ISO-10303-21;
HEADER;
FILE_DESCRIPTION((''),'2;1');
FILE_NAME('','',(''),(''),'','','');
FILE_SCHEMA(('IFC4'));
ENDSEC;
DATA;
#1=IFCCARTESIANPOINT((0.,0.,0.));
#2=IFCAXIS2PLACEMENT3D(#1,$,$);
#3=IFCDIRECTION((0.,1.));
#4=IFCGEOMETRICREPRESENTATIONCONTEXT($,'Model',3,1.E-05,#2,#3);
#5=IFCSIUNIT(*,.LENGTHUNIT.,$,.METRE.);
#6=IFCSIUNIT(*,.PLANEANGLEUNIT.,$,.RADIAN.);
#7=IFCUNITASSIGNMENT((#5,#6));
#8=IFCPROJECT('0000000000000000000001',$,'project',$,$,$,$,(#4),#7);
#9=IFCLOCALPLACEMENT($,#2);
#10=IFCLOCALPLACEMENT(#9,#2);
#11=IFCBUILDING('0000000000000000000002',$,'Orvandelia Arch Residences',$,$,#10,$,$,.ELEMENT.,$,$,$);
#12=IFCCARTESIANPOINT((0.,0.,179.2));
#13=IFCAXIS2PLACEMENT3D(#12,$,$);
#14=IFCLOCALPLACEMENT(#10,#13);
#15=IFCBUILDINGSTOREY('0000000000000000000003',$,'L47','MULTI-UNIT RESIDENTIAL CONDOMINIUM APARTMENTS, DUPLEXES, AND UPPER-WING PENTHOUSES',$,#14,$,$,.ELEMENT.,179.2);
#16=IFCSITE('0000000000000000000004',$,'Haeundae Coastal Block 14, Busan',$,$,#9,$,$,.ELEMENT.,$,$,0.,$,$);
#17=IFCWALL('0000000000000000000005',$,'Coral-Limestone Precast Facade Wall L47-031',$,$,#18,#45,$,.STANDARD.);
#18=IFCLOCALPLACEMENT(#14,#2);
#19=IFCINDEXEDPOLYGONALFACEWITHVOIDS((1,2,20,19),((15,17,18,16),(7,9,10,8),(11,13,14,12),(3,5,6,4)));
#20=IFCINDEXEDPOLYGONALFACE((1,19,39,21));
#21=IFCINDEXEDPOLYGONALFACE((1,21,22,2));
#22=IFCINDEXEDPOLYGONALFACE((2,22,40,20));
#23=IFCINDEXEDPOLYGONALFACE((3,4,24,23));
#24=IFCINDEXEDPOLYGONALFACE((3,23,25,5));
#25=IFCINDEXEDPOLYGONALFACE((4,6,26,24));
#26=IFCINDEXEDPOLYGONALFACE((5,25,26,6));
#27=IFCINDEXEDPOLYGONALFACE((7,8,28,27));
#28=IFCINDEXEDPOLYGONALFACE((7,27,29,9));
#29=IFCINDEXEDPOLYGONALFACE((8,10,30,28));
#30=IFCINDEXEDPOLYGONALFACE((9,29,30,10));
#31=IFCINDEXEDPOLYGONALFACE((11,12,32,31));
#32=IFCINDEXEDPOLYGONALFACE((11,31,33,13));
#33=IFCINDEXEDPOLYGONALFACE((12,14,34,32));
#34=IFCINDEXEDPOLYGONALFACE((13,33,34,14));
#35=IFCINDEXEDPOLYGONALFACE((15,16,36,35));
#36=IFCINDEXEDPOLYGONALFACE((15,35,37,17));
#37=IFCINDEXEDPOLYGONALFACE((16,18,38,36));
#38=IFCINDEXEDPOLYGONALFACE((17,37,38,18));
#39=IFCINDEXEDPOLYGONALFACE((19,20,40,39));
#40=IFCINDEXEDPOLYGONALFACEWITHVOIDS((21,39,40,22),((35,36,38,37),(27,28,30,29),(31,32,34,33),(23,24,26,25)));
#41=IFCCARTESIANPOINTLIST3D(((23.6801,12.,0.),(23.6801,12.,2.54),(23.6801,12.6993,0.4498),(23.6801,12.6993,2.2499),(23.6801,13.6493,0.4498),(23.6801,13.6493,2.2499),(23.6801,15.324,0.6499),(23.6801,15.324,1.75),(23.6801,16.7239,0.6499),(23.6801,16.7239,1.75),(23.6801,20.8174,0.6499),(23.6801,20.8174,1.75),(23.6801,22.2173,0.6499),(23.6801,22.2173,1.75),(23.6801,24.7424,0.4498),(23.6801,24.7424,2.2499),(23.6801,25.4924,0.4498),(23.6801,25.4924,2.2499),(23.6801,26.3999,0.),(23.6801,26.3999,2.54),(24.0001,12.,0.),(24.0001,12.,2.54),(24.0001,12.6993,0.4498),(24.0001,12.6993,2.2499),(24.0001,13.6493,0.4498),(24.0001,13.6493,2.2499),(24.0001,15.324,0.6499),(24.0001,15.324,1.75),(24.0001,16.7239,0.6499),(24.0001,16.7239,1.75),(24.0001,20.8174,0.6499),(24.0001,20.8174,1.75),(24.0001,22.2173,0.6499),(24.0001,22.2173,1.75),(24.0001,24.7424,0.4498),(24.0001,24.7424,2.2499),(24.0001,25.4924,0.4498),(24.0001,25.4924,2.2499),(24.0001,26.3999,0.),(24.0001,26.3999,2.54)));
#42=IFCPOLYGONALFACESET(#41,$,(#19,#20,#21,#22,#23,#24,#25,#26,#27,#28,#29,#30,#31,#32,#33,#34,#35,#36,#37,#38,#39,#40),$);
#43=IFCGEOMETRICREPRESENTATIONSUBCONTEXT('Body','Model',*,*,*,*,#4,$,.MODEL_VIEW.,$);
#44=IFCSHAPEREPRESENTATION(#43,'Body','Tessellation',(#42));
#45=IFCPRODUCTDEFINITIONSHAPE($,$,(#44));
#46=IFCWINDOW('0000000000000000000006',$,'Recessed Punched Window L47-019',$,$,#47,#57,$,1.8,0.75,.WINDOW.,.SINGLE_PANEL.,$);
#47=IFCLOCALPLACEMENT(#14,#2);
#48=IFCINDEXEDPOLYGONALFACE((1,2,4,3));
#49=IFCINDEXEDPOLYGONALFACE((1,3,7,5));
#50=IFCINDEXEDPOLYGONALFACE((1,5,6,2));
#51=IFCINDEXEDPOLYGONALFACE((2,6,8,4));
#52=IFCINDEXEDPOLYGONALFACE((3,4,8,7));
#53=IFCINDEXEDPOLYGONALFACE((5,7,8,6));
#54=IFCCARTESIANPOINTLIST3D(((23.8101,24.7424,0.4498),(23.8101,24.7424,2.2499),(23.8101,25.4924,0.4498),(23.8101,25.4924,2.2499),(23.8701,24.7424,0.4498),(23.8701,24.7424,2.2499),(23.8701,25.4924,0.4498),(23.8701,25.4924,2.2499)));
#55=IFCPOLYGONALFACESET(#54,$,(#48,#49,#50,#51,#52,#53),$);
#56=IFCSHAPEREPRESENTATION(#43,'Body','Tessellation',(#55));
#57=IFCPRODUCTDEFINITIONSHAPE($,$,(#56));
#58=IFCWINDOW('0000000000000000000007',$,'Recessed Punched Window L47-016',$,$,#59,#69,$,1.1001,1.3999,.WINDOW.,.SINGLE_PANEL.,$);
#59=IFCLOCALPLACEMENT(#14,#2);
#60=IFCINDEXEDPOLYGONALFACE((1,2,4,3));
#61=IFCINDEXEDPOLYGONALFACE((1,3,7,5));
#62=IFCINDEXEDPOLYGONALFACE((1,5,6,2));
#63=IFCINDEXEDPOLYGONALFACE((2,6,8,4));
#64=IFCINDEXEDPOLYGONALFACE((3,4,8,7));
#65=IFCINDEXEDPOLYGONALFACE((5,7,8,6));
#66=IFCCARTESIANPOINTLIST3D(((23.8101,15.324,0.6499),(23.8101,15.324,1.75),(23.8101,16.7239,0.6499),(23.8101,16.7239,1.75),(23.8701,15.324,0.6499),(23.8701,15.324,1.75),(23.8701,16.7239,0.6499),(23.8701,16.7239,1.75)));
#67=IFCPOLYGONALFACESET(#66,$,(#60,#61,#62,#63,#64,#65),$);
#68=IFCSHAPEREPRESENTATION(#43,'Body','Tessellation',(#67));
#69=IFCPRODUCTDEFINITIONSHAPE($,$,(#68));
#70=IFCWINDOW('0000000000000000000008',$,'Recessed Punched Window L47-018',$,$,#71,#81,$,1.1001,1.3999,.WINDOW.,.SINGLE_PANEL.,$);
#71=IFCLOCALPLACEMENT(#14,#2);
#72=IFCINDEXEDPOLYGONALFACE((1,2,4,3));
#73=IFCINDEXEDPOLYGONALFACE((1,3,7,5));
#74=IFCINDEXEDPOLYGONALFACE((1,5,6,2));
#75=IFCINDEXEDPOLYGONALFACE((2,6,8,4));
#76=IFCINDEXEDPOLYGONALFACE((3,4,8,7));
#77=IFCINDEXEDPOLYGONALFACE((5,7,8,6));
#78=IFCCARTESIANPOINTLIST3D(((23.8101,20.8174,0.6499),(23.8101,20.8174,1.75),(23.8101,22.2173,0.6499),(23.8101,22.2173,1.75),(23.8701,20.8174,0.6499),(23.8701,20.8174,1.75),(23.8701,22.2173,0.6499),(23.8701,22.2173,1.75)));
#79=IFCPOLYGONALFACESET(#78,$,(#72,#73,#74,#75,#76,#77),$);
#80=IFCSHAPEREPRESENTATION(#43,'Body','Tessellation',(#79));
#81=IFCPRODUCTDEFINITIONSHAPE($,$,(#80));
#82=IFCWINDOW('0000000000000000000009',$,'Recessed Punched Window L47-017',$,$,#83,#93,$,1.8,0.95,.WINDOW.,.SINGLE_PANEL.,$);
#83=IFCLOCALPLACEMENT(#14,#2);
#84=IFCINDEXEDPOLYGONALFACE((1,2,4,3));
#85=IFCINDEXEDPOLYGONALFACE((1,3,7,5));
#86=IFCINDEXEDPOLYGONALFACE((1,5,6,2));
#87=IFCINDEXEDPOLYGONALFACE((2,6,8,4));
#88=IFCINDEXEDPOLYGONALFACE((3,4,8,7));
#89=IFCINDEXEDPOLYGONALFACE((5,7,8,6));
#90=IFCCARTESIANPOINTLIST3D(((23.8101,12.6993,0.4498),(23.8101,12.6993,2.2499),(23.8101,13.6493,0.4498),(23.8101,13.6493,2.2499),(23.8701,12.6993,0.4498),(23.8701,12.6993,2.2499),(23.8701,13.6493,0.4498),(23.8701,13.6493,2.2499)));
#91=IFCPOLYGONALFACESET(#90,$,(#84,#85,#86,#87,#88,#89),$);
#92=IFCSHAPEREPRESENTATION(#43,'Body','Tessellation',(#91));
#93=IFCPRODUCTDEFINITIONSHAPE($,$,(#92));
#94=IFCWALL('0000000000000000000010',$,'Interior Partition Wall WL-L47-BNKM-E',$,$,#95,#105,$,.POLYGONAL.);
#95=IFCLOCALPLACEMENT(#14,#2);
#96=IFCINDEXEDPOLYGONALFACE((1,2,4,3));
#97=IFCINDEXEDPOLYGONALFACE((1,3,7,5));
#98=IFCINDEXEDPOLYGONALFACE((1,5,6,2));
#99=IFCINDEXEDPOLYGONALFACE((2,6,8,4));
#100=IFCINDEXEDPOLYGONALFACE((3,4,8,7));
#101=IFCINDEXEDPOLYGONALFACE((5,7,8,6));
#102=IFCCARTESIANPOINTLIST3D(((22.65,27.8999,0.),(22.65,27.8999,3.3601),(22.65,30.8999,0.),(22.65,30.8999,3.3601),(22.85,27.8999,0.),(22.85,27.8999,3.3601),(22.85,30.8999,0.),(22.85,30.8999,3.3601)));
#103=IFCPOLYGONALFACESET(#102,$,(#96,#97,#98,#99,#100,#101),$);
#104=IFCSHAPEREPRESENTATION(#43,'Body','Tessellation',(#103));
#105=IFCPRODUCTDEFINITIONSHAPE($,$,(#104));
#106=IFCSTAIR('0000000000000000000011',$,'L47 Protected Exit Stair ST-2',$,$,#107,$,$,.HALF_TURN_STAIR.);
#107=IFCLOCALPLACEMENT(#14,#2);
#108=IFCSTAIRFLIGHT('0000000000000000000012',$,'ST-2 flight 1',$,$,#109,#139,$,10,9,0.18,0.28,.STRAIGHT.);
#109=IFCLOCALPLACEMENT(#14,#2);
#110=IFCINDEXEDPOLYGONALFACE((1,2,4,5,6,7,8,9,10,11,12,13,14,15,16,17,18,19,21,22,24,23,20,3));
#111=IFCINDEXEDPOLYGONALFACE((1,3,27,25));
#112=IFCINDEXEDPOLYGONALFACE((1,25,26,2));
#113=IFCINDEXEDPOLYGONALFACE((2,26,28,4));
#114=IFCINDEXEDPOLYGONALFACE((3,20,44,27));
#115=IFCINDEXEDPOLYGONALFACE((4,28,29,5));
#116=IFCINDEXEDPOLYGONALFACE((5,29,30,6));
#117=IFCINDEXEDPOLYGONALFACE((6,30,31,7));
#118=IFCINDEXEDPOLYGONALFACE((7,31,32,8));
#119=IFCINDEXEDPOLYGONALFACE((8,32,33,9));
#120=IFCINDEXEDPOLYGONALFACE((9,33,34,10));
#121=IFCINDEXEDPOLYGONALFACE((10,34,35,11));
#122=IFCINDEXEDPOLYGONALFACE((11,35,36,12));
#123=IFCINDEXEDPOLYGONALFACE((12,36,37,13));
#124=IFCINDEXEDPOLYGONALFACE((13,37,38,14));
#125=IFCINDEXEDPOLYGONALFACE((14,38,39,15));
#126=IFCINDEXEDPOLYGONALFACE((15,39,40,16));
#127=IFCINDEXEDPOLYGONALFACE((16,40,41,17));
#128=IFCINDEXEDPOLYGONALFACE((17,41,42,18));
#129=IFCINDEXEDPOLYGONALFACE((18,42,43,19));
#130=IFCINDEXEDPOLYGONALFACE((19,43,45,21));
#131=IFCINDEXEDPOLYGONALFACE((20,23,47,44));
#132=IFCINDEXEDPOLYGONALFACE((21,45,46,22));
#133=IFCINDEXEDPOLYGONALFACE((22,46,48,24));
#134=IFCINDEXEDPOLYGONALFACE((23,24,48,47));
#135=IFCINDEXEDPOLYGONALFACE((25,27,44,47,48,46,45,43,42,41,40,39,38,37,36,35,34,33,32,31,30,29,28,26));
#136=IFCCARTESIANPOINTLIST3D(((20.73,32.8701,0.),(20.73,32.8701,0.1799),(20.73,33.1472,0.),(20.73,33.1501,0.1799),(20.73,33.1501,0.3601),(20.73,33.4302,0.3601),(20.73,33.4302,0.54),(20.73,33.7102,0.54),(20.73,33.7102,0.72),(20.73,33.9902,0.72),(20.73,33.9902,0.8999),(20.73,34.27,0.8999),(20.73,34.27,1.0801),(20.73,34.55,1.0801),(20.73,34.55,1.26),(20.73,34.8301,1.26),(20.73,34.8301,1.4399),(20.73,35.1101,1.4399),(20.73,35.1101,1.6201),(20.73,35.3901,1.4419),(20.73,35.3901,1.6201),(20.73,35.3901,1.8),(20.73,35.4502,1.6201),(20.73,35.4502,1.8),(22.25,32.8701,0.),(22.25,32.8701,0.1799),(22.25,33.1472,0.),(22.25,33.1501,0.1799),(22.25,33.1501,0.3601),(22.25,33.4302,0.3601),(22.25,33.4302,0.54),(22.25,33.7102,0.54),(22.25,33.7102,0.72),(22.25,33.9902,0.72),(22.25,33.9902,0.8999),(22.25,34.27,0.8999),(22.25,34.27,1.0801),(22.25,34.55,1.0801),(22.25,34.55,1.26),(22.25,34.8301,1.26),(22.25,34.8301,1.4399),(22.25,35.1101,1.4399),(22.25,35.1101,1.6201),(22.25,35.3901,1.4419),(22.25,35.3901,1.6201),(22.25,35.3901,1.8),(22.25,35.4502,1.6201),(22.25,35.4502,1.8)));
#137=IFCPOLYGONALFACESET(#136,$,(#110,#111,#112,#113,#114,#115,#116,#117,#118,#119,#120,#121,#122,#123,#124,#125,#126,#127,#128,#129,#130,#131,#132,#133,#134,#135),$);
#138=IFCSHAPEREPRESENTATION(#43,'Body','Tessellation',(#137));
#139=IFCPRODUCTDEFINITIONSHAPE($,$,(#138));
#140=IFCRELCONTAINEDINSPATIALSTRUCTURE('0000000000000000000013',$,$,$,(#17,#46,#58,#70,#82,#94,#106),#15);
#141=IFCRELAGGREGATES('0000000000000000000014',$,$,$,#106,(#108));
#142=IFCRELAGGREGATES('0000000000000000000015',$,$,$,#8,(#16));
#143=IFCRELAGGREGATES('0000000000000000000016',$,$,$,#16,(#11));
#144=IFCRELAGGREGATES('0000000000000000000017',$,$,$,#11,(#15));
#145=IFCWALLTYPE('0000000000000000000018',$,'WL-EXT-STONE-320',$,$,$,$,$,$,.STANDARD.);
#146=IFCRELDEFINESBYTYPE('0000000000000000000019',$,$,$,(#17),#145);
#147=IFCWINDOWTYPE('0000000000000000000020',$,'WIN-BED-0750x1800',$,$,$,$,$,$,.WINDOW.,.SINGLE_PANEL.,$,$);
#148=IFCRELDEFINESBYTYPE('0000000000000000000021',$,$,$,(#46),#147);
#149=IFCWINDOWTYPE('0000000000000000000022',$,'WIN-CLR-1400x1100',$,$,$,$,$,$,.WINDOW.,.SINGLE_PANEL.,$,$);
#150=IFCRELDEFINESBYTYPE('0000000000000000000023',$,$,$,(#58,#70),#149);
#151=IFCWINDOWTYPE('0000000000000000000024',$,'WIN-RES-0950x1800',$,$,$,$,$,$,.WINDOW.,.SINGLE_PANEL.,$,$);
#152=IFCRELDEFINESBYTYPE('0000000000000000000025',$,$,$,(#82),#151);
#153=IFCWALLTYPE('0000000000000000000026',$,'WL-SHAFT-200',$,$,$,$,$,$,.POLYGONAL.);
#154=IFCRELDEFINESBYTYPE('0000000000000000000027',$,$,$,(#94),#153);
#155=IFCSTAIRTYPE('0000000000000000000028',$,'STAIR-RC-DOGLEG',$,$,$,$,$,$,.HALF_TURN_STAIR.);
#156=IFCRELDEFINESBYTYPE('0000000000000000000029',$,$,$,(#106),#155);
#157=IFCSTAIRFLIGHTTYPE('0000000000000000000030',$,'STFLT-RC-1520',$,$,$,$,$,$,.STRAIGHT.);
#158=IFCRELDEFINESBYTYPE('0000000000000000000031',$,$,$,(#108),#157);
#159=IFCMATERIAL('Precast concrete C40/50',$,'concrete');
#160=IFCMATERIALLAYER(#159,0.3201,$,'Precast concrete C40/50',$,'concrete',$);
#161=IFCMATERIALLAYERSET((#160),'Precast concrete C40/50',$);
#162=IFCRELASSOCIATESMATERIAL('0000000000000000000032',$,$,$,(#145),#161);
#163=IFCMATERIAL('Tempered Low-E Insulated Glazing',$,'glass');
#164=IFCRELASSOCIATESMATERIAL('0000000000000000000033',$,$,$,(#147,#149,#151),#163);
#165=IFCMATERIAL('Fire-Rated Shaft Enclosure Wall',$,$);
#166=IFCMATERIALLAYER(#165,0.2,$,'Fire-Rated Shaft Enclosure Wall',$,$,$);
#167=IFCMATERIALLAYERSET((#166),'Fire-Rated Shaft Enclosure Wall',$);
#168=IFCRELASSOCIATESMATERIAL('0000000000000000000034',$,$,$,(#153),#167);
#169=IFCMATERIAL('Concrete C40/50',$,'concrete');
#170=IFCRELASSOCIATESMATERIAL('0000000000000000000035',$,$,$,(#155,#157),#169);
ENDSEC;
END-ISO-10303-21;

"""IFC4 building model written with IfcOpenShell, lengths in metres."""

from ifc_helpers import new_model, si_unit, direction, frame, frame_2d, origin, place, context, subcontext, project, spatial, polyline, rectangle, outline, extrude, material, layer, layer_set, type_object, element, fill, aggregate, save


model = new_model("IFC4")

# Units and contexts
model_context = context("Model", 3, precision=1e-05, world=origin(), true_north=direction((0.0, 1.0)))
body_context = subcontext(model_context, "Body", "Model", "MODEL_VIEW")
ifc_project = project(units=[si_unit("LENGTHUNIT", "METRE"), si_unit("PLANEANGLEUNIT", "RADIAN")], contexts=[model_context])

# Site, building, storey
site_placement = place(None, origin())
site = spatial("IfcSite", under=ifc_project, at=site_placement, Name="Haeundae Coastal Block 14, Busan", CompositionType="ELEMENT", RefElevation=0.0)
building_placement = place(site_placement, origin())
building = spatial("IfcBuilding", under=site, at=building_placement, Name="Orvandelia Arch Residences", CompositionType="ELEMENT")
storey_placement = place(building_placement, frame((0.0, 0.0, 179.2)))
storey = spatial("IfcBuildingStorey", under=building, at=storey_placement, Name="L47", Description="MULTI-UNIT RESIDENTIAL CONDOMINIUM APARTMENTS, DUPLEXES, AND UPPER-WING PENTHOUSES", CompositionType="ELEMENT", Elevation=179.2)

# Shared definitions
ifc_material_1 = material(Name="Precast concrete C40/50", Category="concrete")
ifc_layer_1 = layer(ifc_material_1, 0.3201, Name="Precast concrete C40/50", Category="concrete")
ifc_layer_set_1 = layer_set([ifc_layer_1], Name="Precast concrete C40/50")
wall_type_1 = type_object("IfcWallType", Name="WL-EXT-STONE-320", PredefinedType="STANDARD", material=ifc_layer_set_1)

# Wall, openings, windows
wall_1_placement = place(storey_placement, frame((23.8401, 26.3999, 0.0), z_axis=(0.0, 0.0, 1.0), x_axis=(0.0, -1.0, 0.0)))
wall_1 = element("IfcWall", 1, at=wall_1_placement, inside=storey, type_object=wall_type_1, Name="Coral-Limestone Precast Facade Wall L47-031", PredefinedType="STANDARD", context=body_context, shape_type="SweptSolid", body=[
    extrude(rectangle(XDim=14.3999, YDim=0.3201, at=frame_2d((7.2, 0.0))), origin(), (0.0, 0.0, 1.0), 2.54),
])
opening_1_placement = place(wall_1_placement, frame((9.676, 0.0, 0.6499)))
opening_1 = element("IfcOpeningElement", 2, at=opening_1_placement, cuts=wall_1, PredefinedType="OPENING", context=body_context, shape_type="SweptSolid", body=[
    extrude(rectangle(XDim=1.3999, YDim=1.1001, at=frame_2d((0.7, 0.55))), frame((0.0, 0.1699, 0.0), z_axis=(0.0, -1.0, 0.0), x_axis=(1.0, 0.0, 0.0)), (0.0, 0.0, 1.0), 0.3401),
])
opening_2_placement = place(wall_1_placement, frame((12.7505, 0.0, 0.45)))
opening_2 = element("IfcOpeningElement", 3, at=opening_2_placement, cuts=wall_1, PredefinedType="OPENING", context=body_context, shape_type="SweptSolid", body=[
    extrude(rectangle(XDim=0.95, YDim=1.8, at=frame_2d((0.4751, 0.8999))), frame((0.0, 0.1699, 0.0), z_axis=(0.0, -1.0, 0.0), x_axis=(1.0, 0.0, 0.0)), (0.0, 0.0, 1.0), 0.3401),
])
opening_3_placement = place(wall_1_placement, frame((4.1826, 0.0, 0.6499)))
opening_3 = element("IfcOpeningElement", 4, at=opening_3_placement, cuts=wall_1, PredefinedType="OPENING", context=body_context, shape_type="SweptSolid", body=[
    extrude(rectangle(XDim=1.3999, YDim=1.1001, at=frame_2d((0.7, 0.55))), frame((0.0, 0.1699, 0.0), z_axis=(0.0, -1.0, 0.0), x_axis=(1.0, 0.0, 0.0)), (0.0, 0.0, 1.0), 0.3401),
])
opening_4_placement = place(wall_1_placement, frame((0.9075, 0.0, 0.45)))
opening_4 = element("IfcOpeningElement", 5, at=opening_4_placement, cuts=wall_1, PredefinedType="OPENING", context=body_context, shape_type="SweptSolid", body=[
    extrude(rectangle(XDim=0.75, YDim=1.8, at=frame_2d((0.375, 0.8999))), frame((0.0, 0.1699, 0.0), z_axis=(0.0, -1.0, 0.0), x_axis=(1.0, 0.0, 0.0)), (0.0, 0.0, 1.0), 0.3401),
])
ifc_material_2 = material(Name="Tempered Low-E Insulated Glazing", Category="glass")
window_type_1 = type_object("IfcWindowType", Name="WIN-BED-0750x1800", PartitioningType="SINGLE_PANEL", PredefinedType="WINDOW", material=ifc_material_2)
window_1_placement = place(opening_4_placement, origin())
window_1 = element("IfcWindow", 6, at=window_1_placement, inside=storey, type_object=window_type_1, Name="Recessed Punched Window L47-019", OverallHeight=1.8, OverallWidth=0.75, PartitioningType="SINGLE_PANEL", PredefinedType="WINDOW", context=body_context, shape_type="SweptSolid", body=[
    extrude(rectangle(XDim=0.75, YDim=1.8, at=frame_2d((0.375, 0.8999))), frame((0.0, 0.03, 0.0), z_axis=(0.0, -1.0, 0.0), x_axis=(1.0, 0.0, 0.0)), (0.0, 0.0, 1.0), 0.0601),
])
fill(opening_4, window_1)
window_type_2 = type_object("IfcWindowType", Name="WIN-CLR-1400x1100", PartitioningType="SINGLE_PANEL", PredefinedType="WINDOW", material=ifc_material_2)
window_2_placement = place(opening_1_placement, origin())
window_2 = element("IfcWindow", 7, at=window_2_placement, inside=storey, type_object=window_type_2, Name="Recessed Punched Window L47-016", OverallHeight=1.1001, OverallWidth=1.3999, PartitioningType="SINGLE_PANEL", PredefinedType="WINDOW", context=body_context, shape_type="SweptSolid", body=[
    extrude(rectangle(XDim=1.3999, YDim=1.1001, at=frame_2d((0.7, 0.55))), frame((0.0, 0.03, 0.0), z_axis=(0.0, -1.0, 0.0), x_axis=(1.0, 0.0, 0.0)), (0.0, 0.0, 1.0), 0.0601),
])
fill(opening_1, window_2)
window_3_placement = place(opening_3_placement, origin())
window_3 = element("IfcWindow", 8, at=window_3_placement, inside=storey, type_object=window_type_2, Name="Recessed Punched Window L47-018", OverallHeight=1.1001, OverallWidth=1.3999, PartitioningType="SINGLE_PANEL", PredefinedType="WINDOW", context=body_context, shape_type="SweptSolid", body=[
    extrude(rectangle(XDim=1.3999, YDim=1.1001, at=frame_2d((0.7, 0.55))), frame((0.0, 0.03, 0.0), z_axis=(0.0, -1.0, 0.0), x_axis=(1.0, 0.0, 0.0)), (0.0, 0.0, 1.0), 0.0601),
])
fill(opening_3, window_3)
window_type_3 = type_object("IfcWindowType", Name="WIN-RES-0950x1800", PartitioningType="SINGLE_PANEL", PredefinedType="WINDOW", material=ifc_material_2)
window_4_placement = place(opening_2_placement, origin())
window_4 = element("IfcWindow", 9, at=window_4_placement, inside=storey, type_object=window_type_3, Name="Recessed Punched Window L47-017", OverallHeight=1.8, OverallWidth=0.95, PartitioningType="SINGLE_PANEL", PredefinedType="WINDOW", context=body_context, shape_type="SweptSolid", body=[
    extrude(rectangle(XDim=0.95, YDim=1.8, at=frame_2d((0.4751, 0.8999))), frame((0.0, 0.03, 0.0), z_axis=(0.0, -1.0, 0.0), x_axis=(1.0, 0.0, 0.0)), (0.0, 0.0, 1.0), 0.0601),
])
fill(opening_2, window_4)

# Wall
ifc_material_3 = material(Name="Fire-Rated Shaft Enclosure Wall")
ifc_layer_2 = layer(ifc_material_3, 0.2, Name="Fire-Rated Shaft Enclosure Wall")
ifc_layer_set_2 = layer_set([ifc_layer_2], Name="Fire-Rated Shaft Enclosure Wall")
wall_type_2 = type_object("IfcWallType", Name="WL-SHAFT-200", PredefinedType="POLYGONAL", material=ifc_layer_set_2)
wall_2_placement = place(storey_placement, frame((22.75, 27.8999, 0.0), z_axis=(0.0, 0.0, 1.0), x_axis=(0.0, 1.0, 0.0)))
element("IfcWall", 10, at=wall_2_placement, inside=storey, type_object=wall_type_2, Name="Interior Partition Wall WL-L47-BNKM-E", PredefinedType="POLYGONAL", context=body_context, shape_type="SweptSolid", body=[
    extrude(rectangle(XDim=3.0, YDim=0.2, at=frame_2d((1.5, 0.0))), origin(), (0.0, 0.0, 1.0), 3.3601),
])

# Stair, stair flight
ifc_material_4 = material(Name="Concrete C40/50", Category="concrete")
stair_type = type_object("IfcStairType", Name="STAIR-RC-DOGLEG", PredefinedType="HALF_TURN_STAIR", material=ifc_material_4)
stair_placement = place(storey_placement, origin())
stair = element("IfcStair", 11, at=stair_placement, inside=storey, type_object=stair_type, Name="L47 Protected Exit Stair ST-2", PredefinedType="HALF_TURN_STAIR")
stair_flight_type = type_object("IfcStairFlightType", Name="STFLT-RC-1520", PredefinedType="STRAIGHT", material=ifc_material_4)
stair_flight_placement = place(storey_placement, frame((21.49, 32.8701, 0.0), z_axis=(0.0, 0.0, 1.0), x_axis=(0.0, 1.0, 0.0)))
stair_flight = element("IfcStairFlight", 12, at=stair_flight_placement, type_object=stair_flight_type, Name="ST-2 flight 1", NumberOfRisers=10, NumberOfTreads=9, PredefinedType="STRAIGHT", RiserHeight=0.18, TreadLength=0.28, context=body_context, shape_type="SweptSolid", body=[
    extrude(outline(polyline([(0.0, 0.0), (0.0, 0.1799), (0.28, 0.1799), (0.28, 0.3601), (0.5601, 0.3601), (0.5601, 0.54), (0.8401, 0.54), (0.8401, 0.72), (1.1201, 0.72), (1.1201, 0.8999), (1.3999, 0.8999), (1.3999, 1.0801), (1.6799, 1.0801), (1.6799, 1.26), (1.96, 1.26), (1.96, 1.4399), (2.24, 1.4399), (2.24, 1.6201), (2.52, 1.6201), (2.52, 1.8), (2.5801, 1.8), (2.5801, 1.6201), (2.52, 1.4419), (0.2771, 0.0), (0.0, 0.0)])), frame((0.0, 0.76, 0.0), z_axis=(0.0, -1.0, 0.0), x_axis=(1.0, 0.0, 0.0)), (0.0, 0.0, 1.0), 1.52),
])
aggregate(stair, [stair_flight])

save(model, "model.ifc")
